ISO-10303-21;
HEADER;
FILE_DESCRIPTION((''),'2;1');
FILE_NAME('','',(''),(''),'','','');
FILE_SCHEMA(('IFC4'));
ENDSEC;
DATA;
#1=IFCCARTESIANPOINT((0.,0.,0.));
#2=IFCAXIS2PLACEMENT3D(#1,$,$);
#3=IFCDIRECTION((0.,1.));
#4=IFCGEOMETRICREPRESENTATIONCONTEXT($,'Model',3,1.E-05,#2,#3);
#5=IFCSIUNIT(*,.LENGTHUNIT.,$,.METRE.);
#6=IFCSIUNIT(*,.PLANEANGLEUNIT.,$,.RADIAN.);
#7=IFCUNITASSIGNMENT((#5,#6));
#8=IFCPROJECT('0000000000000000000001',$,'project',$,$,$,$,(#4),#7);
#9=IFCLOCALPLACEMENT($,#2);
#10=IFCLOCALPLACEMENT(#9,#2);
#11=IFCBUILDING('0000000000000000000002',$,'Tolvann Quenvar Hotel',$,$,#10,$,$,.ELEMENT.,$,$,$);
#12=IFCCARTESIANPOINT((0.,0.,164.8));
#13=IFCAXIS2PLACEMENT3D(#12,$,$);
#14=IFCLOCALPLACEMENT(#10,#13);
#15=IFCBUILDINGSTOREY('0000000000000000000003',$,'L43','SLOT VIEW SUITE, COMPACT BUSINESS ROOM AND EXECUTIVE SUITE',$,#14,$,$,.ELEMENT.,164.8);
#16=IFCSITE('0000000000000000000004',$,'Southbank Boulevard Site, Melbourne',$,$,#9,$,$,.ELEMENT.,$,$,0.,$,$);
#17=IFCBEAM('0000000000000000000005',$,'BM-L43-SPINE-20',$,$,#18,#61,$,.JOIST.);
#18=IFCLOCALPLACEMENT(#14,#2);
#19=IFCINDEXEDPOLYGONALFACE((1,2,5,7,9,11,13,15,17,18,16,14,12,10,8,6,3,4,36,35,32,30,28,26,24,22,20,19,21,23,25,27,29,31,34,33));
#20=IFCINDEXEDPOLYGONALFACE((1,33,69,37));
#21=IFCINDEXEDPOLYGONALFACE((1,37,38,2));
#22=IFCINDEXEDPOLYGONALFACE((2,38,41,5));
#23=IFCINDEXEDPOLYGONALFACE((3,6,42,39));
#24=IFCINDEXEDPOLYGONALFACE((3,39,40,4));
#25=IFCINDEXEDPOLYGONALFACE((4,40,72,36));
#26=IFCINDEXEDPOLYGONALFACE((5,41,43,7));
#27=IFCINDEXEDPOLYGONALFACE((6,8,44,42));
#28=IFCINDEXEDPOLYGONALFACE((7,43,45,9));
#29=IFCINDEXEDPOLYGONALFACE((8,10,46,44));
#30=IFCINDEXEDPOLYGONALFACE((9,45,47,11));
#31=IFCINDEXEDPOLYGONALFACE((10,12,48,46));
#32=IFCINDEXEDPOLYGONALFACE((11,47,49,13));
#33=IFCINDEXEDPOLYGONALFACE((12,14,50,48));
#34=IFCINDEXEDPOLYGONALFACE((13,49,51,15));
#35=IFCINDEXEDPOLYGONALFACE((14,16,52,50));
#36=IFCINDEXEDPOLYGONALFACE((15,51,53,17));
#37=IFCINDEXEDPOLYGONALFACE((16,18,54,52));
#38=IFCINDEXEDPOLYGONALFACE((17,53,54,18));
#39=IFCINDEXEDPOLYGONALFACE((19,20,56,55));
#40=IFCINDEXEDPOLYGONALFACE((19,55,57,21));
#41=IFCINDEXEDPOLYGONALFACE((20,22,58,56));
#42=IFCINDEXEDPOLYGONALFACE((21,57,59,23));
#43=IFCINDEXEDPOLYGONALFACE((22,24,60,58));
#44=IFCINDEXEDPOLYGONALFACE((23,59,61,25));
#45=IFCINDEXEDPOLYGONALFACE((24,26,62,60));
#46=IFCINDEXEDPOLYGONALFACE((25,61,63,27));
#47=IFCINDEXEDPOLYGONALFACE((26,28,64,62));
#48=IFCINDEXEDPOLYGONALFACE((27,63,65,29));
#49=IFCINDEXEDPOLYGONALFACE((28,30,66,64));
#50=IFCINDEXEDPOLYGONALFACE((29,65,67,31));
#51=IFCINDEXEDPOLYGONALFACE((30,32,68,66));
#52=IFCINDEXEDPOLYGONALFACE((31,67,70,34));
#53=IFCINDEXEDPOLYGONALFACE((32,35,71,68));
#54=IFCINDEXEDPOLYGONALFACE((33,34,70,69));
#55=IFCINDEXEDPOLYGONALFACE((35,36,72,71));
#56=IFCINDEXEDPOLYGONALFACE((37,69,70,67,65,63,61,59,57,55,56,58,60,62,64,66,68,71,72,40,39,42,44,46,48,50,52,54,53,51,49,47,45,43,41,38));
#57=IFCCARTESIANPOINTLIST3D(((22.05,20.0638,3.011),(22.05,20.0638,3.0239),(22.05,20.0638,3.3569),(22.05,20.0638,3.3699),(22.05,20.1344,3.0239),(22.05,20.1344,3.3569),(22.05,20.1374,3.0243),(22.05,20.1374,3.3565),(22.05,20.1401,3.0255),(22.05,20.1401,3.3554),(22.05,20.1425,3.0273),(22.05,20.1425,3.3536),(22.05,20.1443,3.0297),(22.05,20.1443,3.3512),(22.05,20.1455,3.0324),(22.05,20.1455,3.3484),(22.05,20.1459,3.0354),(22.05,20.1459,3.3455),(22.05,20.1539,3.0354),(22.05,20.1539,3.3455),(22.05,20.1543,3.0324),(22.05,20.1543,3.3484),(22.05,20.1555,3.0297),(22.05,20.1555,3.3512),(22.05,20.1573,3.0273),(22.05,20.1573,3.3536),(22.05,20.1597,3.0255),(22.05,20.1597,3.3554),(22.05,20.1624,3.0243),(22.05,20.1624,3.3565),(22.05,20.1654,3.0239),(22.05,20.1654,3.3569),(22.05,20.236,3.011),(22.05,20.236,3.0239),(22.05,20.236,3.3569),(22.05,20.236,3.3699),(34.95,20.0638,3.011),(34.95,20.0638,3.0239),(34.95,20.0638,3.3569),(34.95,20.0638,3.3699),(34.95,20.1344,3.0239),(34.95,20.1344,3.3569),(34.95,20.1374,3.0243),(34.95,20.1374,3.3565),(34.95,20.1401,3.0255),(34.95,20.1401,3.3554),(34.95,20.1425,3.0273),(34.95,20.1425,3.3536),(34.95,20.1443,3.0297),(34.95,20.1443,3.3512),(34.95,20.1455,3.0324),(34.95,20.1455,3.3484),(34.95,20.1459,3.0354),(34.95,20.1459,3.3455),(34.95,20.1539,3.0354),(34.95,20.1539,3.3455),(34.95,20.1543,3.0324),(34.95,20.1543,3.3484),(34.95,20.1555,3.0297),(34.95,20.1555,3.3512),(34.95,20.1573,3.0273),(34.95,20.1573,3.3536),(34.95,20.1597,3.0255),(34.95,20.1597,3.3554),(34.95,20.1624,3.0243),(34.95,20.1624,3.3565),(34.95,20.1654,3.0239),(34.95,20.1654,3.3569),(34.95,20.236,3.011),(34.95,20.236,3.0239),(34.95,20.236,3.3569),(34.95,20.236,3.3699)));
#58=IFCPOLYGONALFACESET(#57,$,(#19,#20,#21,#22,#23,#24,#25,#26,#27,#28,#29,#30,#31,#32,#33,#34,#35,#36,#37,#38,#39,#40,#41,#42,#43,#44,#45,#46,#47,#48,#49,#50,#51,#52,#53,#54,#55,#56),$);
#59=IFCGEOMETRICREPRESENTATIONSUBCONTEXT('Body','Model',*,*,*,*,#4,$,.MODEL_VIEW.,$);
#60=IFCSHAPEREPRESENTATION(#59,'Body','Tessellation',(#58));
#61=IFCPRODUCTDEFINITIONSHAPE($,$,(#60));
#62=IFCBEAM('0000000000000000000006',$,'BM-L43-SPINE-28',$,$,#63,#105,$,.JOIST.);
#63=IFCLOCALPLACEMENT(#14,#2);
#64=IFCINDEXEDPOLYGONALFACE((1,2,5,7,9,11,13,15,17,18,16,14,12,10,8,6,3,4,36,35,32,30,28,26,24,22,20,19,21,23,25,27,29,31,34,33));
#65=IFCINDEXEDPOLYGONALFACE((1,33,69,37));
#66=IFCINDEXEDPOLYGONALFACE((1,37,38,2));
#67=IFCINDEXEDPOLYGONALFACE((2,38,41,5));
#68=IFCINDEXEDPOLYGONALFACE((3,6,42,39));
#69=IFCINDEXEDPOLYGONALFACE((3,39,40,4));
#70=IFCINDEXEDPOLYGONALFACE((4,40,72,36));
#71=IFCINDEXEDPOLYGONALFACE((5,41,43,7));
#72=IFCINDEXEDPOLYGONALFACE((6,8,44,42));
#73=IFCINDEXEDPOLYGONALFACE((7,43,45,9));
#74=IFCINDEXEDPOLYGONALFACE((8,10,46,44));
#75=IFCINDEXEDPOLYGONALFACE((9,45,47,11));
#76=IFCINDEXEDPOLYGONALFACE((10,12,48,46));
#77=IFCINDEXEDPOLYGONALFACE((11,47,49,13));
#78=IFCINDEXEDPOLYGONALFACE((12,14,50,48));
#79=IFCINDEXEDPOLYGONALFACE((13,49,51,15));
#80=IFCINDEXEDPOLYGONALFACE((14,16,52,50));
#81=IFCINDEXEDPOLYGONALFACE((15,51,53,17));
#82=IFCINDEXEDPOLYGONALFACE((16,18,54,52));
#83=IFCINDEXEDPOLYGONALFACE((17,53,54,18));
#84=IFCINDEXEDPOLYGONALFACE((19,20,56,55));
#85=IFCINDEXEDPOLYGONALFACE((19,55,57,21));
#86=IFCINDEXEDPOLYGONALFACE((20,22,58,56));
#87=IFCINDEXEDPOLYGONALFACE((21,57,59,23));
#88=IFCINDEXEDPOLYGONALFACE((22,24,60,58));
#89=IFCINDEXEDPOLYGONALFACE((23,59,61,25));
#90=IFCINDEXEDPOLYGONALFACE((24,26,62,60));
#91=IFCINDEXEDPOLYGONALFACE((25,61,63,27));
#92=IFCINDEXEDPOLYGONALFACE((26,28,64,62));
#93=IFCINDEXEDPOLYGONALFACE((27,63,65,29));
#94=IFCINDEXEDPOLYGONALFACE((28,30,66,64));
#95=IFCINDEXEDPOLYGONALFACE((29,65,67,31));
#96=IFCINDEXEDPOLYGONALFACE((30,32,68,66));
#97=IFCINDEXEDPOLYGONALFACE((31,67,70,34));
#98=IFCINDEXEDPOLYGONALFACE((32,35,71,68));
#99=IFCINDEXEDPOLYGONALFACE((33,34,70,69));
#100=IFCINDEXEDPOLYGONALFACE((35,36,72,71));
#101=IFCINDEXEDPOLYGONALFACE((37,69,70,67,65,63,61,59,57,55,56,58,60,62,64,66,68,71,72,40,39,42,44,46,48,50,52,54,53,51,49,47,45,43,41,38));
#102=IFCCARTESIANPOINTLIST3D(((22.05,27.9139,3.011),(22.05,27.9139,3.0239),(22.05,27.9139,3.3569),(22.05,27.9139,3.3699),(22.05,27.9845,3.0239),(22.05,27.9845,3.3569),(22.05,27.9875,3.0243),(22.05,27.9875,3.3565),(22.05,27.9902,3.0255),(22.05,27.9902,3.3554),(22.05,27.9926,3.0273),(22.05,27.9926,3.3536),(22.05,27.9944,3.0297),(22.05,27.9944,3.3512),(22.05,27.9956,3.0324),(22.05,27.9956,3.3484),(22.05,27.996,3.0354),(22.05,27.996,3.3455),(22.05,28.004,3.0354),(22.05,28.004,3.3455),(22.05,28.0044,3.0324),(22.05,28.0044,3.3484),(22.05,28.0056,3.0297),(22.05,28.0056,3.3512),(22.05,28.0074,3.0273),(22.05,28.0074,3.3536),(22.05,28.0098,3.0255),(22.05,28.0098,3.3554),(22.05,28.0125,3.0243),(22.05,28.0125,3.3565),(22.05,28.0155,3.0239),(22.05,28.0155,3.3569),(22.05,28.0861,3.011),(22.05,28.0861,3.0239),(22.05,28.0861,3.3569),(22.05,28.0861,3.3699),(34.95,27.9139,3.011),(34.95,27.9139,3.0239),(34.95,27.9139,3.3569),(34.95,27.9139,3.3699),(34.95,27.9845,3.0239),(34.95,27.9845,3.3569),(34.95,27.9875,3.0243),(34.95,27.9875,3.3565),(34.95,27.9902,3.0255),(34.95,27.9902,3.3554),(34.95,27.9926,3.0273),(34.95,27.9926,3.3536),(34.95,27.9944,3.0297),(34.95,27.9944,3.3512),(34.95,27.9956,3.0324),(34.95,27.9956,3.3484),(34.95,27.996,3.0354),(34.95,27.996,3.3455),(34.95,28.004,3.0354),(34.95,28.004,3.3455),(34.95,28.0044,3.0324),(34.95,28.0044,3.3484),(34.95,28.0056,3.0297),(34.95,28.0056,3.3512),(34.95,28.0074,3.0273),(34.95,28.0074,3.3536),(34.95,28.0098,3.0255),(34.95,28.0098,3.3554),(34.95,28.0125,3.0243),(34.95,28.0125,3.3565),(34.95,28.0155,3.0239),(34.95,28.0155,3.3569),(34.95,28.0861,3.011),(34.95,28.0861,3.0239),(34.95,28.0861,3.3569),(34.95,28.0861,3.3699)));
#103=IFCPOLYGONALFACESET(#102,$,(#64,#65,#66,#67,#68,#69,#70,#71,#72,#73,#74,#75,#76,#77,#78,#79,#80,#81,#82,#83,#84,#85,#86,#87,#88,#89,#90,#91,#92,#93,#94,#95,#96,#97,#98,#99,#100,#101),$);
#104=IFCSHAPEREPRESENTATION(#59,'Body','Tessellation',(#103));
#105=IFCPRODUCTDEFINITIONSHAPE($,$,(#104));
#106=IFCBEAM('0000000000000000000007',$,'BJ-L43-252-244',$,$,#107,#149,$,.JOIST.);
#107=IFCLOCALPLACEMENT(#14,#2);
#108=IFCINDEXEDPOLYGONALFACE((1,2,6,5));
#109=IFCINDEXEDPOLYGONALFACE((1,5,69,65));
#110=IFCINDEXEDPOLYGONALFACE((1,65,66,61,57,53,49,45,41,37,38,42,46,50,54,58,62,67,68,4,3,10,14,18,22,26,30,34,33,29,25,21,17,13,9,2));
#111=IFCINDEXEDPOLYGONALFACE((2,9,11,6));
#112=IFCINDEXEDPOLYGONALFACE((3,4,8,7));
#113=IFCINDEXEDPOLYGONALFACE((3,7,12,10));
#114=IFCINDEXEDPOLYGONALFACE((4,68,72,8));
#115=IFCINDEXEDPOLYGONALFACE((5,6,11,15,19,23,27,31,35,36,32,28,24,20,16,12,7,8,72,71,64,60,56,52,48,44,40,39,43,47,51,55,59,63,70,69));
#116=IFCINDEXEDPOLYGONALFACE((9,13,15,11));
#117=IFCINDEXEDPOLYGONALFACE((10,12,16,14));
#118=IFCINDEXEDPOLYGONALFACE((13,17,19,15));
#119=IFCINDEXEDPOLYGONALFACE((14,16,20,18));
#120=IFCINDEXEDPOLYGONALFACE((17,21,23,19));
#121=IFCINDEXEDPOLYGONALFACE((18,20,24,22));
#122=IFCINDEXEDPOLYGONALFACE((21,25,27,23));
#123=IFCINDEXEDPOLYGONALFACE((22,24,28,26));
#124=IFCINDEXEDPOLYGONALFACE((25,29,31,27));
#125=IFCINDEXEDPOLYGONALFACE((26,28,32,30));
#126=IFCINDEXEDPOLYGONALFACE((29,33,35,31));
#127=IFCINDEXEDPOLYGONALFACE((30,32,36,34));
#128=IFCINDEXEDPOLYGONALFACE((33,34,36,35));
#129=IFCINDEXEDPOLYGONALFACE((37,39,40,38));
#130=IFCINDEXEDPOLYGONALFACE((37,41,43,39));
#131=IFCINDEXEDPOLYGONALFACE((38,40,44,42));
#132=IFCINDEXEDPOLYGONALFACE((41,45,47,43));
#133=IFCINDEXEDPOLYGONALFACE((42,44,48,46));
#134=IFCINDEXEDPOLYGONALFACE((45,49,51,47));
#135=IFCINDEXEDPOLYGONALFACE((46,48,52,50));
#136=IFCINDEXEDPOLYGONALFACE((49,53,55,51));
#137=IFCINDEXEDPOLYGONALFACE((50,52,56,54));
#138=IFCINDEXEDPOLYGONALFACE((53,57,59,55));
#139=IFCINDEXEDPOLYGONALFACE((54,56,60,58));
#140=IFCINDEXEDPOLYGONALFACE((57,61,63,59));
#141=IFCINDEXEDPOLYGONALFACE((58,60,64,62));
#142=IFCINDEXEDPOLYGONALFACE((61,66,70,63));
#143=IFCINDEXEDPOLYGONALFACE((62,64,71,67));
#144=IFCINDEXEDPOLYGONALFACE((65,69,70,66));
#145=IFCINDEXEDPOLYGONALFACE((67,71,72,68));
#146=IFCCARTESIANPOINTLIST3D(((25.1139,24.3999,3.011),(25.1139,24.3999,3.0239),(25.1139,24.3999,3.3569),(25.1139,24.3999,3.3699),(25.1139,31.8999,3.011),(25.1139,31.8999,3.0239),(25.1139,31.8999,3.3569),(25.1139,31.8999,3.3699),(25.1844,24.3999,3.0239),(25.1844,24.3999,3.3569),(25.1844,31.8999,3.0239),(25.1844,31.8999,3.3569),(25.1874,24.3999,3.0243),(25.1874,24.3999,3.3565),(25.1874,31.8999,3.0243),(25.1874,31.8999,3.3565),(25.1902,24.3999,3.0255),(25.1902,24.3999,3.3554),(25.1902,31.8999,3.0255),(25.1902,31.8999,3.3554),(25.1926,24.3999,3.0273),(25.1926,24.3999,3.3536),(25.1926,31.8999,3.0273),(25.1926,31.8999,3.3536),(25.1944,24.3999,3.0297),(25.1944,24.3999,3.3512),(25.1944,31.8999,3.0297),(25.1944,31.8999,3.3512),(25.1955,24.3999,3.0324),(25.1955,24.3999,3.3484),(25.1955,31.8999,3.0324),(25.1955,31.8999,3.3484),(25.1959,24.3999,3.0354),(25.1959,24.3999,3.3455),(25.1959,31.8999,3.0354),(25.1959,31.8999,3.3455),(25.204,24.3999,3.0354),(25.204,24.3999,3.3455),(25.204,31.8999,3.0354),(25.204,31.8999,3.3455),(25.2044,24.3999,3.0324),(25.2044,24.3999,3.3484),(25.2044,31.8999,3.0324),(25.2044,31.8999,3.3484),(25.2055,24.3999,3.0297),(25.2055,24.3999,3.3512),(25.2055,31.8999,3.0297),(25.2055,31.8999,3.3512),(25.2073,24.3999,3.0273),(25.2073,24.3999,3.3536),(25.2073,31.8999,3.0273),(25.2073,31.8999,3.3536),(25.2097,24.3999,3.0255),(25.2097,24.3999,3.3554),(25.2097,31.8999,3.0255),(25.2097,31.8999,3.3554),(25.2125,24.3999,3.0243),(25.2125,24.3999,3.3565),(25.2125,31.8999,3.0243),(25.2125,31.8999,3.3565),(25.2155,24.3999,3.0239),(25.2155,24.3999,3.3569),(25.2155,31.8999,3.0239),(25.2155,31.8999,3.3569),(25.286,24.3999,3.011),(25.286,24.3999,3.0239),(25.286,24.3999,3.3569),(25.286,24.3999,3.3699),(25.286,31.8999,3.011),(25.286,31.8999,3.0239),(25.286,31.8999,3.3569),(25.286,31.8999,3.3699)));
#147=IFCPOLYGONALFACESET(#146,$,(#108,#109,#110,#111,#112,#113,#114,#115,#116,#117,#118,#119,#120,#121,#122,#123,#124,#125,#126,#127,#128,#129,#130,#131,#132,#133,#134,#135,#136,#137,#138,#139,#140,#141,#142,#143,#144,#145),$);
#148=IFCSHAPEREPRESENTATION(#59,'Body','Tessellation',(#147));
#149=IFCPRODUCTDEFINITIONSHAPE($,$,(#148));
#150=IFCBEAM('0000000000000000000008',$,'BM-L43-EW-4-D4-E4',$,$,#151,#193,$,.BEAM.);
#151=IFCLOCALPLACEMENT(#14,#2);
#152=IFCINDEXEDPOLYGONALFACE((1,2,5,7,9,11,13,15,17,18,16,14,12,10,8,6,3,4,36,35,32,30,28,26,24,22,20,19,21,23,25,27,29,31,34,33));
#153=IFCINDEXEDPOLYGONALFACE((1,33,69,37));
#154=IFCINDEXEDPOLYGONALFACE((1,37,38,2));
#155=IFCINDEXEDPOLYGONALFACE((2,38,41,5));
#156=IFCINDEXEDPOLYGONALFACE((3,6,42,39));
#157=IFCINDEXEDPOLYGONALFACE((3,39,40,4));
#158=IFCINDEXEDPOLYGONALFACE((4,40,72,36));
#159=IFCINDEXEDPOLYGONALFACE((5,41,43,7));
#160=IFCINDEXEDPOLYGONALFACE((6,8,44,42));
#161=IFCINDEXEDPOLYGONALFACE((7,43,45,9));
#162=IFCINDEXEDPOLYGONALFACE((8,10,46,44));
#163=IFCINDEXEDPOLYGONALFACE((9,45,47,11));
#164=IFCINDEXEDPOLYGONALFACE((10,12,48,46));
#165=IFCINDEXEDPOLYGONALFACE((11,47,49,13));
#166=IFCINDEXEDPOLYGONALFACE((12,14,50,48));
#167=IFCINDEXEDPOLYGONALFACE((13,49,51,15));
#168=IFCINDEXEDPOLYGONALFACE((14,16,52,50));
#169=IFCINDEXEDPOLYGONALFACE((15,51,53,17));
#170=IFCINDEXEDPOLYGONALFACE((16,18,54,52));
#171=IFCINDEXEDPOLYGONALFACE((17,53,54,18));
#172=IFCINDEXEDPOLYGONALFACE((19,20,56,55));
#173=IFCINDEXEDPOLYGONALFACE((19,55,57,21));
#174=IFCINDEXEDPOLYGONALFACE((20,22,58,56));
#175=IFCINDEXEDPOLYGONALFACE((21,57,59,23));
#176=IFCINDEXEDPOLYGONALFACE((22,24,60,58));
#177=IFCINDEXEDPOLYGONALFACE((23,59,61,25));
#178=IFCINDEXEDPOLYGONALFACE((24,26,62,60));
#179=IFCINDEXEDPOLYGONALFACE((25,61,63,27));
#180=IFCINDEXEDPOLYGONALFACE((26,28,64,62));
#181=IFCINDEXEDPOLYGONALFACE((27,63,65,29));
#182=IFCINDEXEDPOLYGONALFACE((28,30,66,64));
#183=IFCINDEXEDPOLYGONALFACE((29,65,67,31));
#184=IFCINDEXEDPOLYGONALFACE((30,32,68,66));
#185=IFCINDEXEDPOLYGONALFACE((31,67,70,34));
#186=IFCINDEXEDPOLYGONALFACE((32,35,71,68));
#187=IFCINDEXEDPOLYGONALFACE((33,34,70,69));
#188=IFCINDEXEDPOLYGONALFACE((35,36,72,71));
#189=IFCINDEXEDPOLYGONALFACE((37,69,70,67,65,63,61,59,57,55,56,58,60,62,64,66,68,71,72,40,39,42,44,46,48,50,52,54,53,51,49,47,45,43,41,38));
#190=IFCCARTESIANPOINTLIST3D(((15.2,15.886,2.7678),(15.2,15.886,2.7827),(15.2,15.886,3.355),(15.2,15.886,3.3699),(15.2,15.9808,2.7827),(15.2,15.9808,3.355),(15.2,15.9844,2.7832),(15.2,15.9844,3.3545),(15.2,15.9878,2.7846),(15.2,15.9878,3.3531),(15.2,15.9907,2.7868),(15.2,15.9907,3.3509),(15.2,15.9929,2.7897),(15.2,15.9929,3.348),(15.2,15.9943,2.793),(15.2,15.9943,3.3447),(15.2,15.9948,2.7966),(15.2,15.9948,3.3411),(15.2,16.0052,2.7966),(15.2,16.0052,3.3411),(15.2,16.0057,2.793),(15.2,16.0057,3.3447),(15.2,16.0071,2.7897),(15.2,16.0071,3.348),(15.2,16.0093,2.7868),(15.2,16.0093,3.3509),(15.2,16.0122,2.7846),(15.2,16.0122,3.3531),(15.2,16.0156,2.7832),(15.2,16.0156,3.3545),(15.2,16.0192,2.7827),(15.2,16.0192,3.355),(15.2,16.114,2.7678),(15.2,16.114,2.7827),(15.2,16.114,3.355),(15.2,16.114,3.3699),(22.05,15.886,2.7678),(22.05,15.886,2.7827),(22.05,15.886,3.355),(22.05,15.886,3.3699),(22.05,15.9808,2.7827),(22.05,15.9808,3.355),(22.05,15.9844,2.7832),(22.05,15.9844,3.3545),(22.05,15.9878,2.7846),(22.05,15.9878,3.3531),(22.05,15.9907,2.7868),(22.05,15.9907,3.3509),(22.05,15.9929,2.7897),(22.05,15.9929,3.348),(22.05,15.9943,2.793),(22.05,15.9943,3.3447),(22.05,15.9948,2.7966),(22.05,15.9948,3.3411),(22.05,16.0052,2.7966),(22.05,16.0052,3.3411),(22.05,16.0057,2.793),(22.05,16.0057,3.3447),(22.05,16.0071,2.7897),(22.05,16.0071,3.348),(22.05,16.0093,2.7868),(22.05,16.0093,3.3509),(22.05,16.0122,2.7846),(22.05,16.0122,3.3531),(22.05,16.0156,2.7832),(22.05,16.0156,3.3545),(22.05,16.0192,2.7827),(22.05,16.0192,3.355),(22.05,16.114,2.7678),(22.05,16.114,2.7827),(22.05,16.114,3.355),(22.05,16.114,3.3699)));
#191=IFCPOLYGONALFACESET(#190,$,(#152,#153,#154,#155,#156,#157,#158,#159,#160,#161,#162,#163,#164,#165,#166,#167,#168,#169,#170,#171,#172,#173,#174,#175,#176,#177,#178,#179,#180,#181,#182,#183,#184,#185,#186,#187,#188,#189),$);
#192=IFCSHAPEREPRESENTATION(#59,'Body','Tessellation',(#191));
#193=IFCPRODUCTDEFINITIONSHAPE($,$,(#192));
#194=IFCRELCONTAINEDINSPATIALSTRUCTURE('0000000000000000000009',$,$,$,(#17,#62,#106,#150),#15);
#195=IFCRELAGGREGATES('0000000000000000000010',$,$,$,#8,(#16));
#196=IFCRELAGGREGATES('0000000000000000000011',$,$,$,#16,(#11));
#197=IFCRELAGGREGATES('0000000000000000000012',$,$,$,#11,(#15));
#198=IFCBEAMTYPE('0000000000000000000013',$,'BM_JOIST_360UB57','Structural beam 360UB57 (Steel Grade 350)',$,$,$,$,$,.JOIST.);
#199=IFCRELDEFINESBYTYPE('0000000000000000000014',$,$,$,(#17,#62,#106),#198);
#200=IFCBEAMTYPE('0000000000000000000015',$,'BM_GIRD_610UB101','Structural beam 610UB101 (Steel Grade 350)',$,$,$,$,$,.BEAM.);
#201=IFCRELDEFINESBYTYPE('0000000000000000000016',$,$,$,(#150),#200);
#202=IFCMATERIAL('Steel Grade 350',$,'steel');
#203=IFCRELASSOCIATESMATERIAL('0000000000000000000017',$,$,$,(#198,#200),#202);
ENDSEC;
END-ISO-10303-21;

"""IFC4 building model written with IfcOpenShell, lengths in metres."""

from ifc_helpers import new_model, si_unit, direction, frame, origin, origin_2d, place, context, subcontext, project, spatial, i_section, extrude, source, transform, mapped, material, material_profile, profile_set, type_object, element, save


model = new_model("IFC4")

# Units and contexts
model_context = context("Model", 3, precision=1e-05, world=origin(), true_north=direction((0.0, 1.0)))
body_context = subcontext(model_context, "Body", "Model", "MODEL_VIEW")
ifc_project = project(units=[si_unit("LENGTHUNIT", "METRE"), si_unit("PLANEANGLEUNIT", "RADIAN")], contexts=[model_context])

# Site, building, storey
site_placement = place(None, origin())
site = spatial("IfcSite", under=ifc_project, at=site_placement, Name="Southbank Boulevard Site, Melbourne", CompositionType="ELEMENT", RefElevation=0.0)
building_placement = place(site_placement, origin())
building = spatial("IfcBuilding", under=site, at=building_placement, Name="Tolvann Quenvar Hotel", CompositionType="ELEMENT")
storey_placement = place(building_placement, frame((0.0, 0.0, 164.8)))
storey = spatial("IfcBuildingStorey", under=building, at=storey_placement, Name="L43", Description="SLOT VIEW SUITE, COMPACT BUSINESS ROOM AND EXECUTIVE SUITE", CompositionType="ELEMENT", Elevation=164.8)

# Shared definitions
ifc_material_1 = material(Name="Steel Grade 350", Category="steel")

# Beams
ifc_material_profile_1 = material_profile(ifc_material_1, i_section(OverallWidth=0.1721, OverallDepth=0.3589, WebThickness=0.0081, FlangeThickness=0.0129, FilletRadius=0.0115, at=origin_2d()), Name="360UB57")
ifc_profile_set_1 = profile_set([ifc_material_profile_1], Name="Steel Grade 350")
beam_type_1 = type_object("IfcBeamType", Name="BM_JOIST_360UB57", Description="Structural beam 360UB57 (Steel Grade 350)", PredefinedType="JOIST", material=ifc_profile_set_1)
shared_shape_1 = source(origin(), body_context, "Body", "SweptSolid", [
    extrude(i_section(OverallWidth=0.1721, OverallDepth=0.3589, WebThickness=0.0081, FlangeThickness=0.0129, FilletRadius=0.0115, at=origin_2d()), origin(), (0.0, 0.0, 1.0), 12.8999),
])
for number, where, z_axis, x_axis, name in (
    (1, (22.05, 20.1499, 3.1904), (1.0, 0.0, 0.0), (0.0, 1.0, 0.0), "BM-L43-SPINE-20"),
    (2, (22.05, 28.0, 3.1904), (1.0, 0.0, 0.0), (0.0, 1.0, 0.0), "BM-L43-SPINE-28"),
):
    element("IfcBeam", number, at=place(storey_placement, frame(where, z_axis=z_axis, x_axis=x_axis)), inside=storey, type_object=beam_type_1, Name=name, PredefinedType="JOIST", context=body_context, shape_type="MappedRepresentation", body=[
        mapped(shared_shape_1, transform((0.0, 0.0, 0.0), x_axis=(1.0, 0.0, 0.0), y_axis=(0.0, 1.0, 0.0), z_axis=(0.0, 0.0, 1.0), scale=1.0)),
    ])
shared_shape_2 = source(origin(), body_context, "Body", "SweptSolid", [
    extrude(i_section(OverallWidth=0.1721, OverallDepth=0.3589, WebThickness=0.0081, FlangeThickness=0.0129, FilletRadius=0.0115, at=origin_2d()), origin(), (0.0, 0.0, 1.0), 7.5),
])
beam_1_placement = place(storey_placement, frame((25.2, 24.3999, 3.1904), z_axis=(0.0, 1.0, 0.0), x_axis=(-1.0, 0.0, 0.0)))
element("IfcBeam", 3, at=beam_1_placement, inside=storey, type_object=beam_type_1, Name="BJ-L43-252-244", PredefinedType="JOIST", context=body_context, shape_type="MappedRepresentation", body=[
    mapped(shared_shape_2, transform((0.0, 0.0, 0.0), x_axis=(1.0, 0.0, 0.0), y_axis=(0.0, 1.0, 0.0), z_axis=(0.0, 0.0, 1.0), scale=1.0)),
])
ifc_material_profile_2 = material_profile(ifc_material_1, i_section(OverallWidth=0.228, OverallDepth=0.6021, WebThickness=0.0105, FlangeThickness=0.0149, FilletRadius=0.0139, at=origin_2d()), Name="610UB101")
ifc_profile_set_2 = profile_set([ifc_material_profile_2], Name="Steel Grade 350")
beam_type_2 = type_object("IfcBeamType", Name="BM_GIRD_610UB101", Description="Structural beam 610UB101 (Steel Grade 350)", PredefinedType="BEAM", material=ifc_profile_set_2)
shared_shape_3 = source(origin(), body_context, "Body", "SweptSolid", [
    extrude(i_section(OverallWidth=0.228, OverallDepth=0.6021, WebThickness=0.0105, FlangeThickness=0.0149, FilletRadius=0.0139, at=origin_2d()), origin(), (0.0, 0.0, 1.0), 6.8501),
])
for number, where, z_axis, x_axis, name in (
    (4, (15.2, 16.0, 3.0688), (1.0, 0.0, 0.0), (0.0, 1.0, 0.0), "BM-L43-EW-4-D4-E4"),
):
    element("IfcBeam", number, at=place(storey_placement, frame(where, z_axis=z_axis, x_axis=x_axis)), inside=storey, type_object=beam_type_2, Name=name, PredefinedType="BEAM", context=body_context, shape_type="MappedRepresentation", body=[
        mapped(shared_shape_3, transform((0.0, 0.0, 0.0), x_axis=(1.0, 0.0, 0.0), y_axis=(0.0, 1.0, 0.0), z_axis=(0.0, 0.0, 1.0), scale=1.0)),
    ])

save(model, "model.ifc")
